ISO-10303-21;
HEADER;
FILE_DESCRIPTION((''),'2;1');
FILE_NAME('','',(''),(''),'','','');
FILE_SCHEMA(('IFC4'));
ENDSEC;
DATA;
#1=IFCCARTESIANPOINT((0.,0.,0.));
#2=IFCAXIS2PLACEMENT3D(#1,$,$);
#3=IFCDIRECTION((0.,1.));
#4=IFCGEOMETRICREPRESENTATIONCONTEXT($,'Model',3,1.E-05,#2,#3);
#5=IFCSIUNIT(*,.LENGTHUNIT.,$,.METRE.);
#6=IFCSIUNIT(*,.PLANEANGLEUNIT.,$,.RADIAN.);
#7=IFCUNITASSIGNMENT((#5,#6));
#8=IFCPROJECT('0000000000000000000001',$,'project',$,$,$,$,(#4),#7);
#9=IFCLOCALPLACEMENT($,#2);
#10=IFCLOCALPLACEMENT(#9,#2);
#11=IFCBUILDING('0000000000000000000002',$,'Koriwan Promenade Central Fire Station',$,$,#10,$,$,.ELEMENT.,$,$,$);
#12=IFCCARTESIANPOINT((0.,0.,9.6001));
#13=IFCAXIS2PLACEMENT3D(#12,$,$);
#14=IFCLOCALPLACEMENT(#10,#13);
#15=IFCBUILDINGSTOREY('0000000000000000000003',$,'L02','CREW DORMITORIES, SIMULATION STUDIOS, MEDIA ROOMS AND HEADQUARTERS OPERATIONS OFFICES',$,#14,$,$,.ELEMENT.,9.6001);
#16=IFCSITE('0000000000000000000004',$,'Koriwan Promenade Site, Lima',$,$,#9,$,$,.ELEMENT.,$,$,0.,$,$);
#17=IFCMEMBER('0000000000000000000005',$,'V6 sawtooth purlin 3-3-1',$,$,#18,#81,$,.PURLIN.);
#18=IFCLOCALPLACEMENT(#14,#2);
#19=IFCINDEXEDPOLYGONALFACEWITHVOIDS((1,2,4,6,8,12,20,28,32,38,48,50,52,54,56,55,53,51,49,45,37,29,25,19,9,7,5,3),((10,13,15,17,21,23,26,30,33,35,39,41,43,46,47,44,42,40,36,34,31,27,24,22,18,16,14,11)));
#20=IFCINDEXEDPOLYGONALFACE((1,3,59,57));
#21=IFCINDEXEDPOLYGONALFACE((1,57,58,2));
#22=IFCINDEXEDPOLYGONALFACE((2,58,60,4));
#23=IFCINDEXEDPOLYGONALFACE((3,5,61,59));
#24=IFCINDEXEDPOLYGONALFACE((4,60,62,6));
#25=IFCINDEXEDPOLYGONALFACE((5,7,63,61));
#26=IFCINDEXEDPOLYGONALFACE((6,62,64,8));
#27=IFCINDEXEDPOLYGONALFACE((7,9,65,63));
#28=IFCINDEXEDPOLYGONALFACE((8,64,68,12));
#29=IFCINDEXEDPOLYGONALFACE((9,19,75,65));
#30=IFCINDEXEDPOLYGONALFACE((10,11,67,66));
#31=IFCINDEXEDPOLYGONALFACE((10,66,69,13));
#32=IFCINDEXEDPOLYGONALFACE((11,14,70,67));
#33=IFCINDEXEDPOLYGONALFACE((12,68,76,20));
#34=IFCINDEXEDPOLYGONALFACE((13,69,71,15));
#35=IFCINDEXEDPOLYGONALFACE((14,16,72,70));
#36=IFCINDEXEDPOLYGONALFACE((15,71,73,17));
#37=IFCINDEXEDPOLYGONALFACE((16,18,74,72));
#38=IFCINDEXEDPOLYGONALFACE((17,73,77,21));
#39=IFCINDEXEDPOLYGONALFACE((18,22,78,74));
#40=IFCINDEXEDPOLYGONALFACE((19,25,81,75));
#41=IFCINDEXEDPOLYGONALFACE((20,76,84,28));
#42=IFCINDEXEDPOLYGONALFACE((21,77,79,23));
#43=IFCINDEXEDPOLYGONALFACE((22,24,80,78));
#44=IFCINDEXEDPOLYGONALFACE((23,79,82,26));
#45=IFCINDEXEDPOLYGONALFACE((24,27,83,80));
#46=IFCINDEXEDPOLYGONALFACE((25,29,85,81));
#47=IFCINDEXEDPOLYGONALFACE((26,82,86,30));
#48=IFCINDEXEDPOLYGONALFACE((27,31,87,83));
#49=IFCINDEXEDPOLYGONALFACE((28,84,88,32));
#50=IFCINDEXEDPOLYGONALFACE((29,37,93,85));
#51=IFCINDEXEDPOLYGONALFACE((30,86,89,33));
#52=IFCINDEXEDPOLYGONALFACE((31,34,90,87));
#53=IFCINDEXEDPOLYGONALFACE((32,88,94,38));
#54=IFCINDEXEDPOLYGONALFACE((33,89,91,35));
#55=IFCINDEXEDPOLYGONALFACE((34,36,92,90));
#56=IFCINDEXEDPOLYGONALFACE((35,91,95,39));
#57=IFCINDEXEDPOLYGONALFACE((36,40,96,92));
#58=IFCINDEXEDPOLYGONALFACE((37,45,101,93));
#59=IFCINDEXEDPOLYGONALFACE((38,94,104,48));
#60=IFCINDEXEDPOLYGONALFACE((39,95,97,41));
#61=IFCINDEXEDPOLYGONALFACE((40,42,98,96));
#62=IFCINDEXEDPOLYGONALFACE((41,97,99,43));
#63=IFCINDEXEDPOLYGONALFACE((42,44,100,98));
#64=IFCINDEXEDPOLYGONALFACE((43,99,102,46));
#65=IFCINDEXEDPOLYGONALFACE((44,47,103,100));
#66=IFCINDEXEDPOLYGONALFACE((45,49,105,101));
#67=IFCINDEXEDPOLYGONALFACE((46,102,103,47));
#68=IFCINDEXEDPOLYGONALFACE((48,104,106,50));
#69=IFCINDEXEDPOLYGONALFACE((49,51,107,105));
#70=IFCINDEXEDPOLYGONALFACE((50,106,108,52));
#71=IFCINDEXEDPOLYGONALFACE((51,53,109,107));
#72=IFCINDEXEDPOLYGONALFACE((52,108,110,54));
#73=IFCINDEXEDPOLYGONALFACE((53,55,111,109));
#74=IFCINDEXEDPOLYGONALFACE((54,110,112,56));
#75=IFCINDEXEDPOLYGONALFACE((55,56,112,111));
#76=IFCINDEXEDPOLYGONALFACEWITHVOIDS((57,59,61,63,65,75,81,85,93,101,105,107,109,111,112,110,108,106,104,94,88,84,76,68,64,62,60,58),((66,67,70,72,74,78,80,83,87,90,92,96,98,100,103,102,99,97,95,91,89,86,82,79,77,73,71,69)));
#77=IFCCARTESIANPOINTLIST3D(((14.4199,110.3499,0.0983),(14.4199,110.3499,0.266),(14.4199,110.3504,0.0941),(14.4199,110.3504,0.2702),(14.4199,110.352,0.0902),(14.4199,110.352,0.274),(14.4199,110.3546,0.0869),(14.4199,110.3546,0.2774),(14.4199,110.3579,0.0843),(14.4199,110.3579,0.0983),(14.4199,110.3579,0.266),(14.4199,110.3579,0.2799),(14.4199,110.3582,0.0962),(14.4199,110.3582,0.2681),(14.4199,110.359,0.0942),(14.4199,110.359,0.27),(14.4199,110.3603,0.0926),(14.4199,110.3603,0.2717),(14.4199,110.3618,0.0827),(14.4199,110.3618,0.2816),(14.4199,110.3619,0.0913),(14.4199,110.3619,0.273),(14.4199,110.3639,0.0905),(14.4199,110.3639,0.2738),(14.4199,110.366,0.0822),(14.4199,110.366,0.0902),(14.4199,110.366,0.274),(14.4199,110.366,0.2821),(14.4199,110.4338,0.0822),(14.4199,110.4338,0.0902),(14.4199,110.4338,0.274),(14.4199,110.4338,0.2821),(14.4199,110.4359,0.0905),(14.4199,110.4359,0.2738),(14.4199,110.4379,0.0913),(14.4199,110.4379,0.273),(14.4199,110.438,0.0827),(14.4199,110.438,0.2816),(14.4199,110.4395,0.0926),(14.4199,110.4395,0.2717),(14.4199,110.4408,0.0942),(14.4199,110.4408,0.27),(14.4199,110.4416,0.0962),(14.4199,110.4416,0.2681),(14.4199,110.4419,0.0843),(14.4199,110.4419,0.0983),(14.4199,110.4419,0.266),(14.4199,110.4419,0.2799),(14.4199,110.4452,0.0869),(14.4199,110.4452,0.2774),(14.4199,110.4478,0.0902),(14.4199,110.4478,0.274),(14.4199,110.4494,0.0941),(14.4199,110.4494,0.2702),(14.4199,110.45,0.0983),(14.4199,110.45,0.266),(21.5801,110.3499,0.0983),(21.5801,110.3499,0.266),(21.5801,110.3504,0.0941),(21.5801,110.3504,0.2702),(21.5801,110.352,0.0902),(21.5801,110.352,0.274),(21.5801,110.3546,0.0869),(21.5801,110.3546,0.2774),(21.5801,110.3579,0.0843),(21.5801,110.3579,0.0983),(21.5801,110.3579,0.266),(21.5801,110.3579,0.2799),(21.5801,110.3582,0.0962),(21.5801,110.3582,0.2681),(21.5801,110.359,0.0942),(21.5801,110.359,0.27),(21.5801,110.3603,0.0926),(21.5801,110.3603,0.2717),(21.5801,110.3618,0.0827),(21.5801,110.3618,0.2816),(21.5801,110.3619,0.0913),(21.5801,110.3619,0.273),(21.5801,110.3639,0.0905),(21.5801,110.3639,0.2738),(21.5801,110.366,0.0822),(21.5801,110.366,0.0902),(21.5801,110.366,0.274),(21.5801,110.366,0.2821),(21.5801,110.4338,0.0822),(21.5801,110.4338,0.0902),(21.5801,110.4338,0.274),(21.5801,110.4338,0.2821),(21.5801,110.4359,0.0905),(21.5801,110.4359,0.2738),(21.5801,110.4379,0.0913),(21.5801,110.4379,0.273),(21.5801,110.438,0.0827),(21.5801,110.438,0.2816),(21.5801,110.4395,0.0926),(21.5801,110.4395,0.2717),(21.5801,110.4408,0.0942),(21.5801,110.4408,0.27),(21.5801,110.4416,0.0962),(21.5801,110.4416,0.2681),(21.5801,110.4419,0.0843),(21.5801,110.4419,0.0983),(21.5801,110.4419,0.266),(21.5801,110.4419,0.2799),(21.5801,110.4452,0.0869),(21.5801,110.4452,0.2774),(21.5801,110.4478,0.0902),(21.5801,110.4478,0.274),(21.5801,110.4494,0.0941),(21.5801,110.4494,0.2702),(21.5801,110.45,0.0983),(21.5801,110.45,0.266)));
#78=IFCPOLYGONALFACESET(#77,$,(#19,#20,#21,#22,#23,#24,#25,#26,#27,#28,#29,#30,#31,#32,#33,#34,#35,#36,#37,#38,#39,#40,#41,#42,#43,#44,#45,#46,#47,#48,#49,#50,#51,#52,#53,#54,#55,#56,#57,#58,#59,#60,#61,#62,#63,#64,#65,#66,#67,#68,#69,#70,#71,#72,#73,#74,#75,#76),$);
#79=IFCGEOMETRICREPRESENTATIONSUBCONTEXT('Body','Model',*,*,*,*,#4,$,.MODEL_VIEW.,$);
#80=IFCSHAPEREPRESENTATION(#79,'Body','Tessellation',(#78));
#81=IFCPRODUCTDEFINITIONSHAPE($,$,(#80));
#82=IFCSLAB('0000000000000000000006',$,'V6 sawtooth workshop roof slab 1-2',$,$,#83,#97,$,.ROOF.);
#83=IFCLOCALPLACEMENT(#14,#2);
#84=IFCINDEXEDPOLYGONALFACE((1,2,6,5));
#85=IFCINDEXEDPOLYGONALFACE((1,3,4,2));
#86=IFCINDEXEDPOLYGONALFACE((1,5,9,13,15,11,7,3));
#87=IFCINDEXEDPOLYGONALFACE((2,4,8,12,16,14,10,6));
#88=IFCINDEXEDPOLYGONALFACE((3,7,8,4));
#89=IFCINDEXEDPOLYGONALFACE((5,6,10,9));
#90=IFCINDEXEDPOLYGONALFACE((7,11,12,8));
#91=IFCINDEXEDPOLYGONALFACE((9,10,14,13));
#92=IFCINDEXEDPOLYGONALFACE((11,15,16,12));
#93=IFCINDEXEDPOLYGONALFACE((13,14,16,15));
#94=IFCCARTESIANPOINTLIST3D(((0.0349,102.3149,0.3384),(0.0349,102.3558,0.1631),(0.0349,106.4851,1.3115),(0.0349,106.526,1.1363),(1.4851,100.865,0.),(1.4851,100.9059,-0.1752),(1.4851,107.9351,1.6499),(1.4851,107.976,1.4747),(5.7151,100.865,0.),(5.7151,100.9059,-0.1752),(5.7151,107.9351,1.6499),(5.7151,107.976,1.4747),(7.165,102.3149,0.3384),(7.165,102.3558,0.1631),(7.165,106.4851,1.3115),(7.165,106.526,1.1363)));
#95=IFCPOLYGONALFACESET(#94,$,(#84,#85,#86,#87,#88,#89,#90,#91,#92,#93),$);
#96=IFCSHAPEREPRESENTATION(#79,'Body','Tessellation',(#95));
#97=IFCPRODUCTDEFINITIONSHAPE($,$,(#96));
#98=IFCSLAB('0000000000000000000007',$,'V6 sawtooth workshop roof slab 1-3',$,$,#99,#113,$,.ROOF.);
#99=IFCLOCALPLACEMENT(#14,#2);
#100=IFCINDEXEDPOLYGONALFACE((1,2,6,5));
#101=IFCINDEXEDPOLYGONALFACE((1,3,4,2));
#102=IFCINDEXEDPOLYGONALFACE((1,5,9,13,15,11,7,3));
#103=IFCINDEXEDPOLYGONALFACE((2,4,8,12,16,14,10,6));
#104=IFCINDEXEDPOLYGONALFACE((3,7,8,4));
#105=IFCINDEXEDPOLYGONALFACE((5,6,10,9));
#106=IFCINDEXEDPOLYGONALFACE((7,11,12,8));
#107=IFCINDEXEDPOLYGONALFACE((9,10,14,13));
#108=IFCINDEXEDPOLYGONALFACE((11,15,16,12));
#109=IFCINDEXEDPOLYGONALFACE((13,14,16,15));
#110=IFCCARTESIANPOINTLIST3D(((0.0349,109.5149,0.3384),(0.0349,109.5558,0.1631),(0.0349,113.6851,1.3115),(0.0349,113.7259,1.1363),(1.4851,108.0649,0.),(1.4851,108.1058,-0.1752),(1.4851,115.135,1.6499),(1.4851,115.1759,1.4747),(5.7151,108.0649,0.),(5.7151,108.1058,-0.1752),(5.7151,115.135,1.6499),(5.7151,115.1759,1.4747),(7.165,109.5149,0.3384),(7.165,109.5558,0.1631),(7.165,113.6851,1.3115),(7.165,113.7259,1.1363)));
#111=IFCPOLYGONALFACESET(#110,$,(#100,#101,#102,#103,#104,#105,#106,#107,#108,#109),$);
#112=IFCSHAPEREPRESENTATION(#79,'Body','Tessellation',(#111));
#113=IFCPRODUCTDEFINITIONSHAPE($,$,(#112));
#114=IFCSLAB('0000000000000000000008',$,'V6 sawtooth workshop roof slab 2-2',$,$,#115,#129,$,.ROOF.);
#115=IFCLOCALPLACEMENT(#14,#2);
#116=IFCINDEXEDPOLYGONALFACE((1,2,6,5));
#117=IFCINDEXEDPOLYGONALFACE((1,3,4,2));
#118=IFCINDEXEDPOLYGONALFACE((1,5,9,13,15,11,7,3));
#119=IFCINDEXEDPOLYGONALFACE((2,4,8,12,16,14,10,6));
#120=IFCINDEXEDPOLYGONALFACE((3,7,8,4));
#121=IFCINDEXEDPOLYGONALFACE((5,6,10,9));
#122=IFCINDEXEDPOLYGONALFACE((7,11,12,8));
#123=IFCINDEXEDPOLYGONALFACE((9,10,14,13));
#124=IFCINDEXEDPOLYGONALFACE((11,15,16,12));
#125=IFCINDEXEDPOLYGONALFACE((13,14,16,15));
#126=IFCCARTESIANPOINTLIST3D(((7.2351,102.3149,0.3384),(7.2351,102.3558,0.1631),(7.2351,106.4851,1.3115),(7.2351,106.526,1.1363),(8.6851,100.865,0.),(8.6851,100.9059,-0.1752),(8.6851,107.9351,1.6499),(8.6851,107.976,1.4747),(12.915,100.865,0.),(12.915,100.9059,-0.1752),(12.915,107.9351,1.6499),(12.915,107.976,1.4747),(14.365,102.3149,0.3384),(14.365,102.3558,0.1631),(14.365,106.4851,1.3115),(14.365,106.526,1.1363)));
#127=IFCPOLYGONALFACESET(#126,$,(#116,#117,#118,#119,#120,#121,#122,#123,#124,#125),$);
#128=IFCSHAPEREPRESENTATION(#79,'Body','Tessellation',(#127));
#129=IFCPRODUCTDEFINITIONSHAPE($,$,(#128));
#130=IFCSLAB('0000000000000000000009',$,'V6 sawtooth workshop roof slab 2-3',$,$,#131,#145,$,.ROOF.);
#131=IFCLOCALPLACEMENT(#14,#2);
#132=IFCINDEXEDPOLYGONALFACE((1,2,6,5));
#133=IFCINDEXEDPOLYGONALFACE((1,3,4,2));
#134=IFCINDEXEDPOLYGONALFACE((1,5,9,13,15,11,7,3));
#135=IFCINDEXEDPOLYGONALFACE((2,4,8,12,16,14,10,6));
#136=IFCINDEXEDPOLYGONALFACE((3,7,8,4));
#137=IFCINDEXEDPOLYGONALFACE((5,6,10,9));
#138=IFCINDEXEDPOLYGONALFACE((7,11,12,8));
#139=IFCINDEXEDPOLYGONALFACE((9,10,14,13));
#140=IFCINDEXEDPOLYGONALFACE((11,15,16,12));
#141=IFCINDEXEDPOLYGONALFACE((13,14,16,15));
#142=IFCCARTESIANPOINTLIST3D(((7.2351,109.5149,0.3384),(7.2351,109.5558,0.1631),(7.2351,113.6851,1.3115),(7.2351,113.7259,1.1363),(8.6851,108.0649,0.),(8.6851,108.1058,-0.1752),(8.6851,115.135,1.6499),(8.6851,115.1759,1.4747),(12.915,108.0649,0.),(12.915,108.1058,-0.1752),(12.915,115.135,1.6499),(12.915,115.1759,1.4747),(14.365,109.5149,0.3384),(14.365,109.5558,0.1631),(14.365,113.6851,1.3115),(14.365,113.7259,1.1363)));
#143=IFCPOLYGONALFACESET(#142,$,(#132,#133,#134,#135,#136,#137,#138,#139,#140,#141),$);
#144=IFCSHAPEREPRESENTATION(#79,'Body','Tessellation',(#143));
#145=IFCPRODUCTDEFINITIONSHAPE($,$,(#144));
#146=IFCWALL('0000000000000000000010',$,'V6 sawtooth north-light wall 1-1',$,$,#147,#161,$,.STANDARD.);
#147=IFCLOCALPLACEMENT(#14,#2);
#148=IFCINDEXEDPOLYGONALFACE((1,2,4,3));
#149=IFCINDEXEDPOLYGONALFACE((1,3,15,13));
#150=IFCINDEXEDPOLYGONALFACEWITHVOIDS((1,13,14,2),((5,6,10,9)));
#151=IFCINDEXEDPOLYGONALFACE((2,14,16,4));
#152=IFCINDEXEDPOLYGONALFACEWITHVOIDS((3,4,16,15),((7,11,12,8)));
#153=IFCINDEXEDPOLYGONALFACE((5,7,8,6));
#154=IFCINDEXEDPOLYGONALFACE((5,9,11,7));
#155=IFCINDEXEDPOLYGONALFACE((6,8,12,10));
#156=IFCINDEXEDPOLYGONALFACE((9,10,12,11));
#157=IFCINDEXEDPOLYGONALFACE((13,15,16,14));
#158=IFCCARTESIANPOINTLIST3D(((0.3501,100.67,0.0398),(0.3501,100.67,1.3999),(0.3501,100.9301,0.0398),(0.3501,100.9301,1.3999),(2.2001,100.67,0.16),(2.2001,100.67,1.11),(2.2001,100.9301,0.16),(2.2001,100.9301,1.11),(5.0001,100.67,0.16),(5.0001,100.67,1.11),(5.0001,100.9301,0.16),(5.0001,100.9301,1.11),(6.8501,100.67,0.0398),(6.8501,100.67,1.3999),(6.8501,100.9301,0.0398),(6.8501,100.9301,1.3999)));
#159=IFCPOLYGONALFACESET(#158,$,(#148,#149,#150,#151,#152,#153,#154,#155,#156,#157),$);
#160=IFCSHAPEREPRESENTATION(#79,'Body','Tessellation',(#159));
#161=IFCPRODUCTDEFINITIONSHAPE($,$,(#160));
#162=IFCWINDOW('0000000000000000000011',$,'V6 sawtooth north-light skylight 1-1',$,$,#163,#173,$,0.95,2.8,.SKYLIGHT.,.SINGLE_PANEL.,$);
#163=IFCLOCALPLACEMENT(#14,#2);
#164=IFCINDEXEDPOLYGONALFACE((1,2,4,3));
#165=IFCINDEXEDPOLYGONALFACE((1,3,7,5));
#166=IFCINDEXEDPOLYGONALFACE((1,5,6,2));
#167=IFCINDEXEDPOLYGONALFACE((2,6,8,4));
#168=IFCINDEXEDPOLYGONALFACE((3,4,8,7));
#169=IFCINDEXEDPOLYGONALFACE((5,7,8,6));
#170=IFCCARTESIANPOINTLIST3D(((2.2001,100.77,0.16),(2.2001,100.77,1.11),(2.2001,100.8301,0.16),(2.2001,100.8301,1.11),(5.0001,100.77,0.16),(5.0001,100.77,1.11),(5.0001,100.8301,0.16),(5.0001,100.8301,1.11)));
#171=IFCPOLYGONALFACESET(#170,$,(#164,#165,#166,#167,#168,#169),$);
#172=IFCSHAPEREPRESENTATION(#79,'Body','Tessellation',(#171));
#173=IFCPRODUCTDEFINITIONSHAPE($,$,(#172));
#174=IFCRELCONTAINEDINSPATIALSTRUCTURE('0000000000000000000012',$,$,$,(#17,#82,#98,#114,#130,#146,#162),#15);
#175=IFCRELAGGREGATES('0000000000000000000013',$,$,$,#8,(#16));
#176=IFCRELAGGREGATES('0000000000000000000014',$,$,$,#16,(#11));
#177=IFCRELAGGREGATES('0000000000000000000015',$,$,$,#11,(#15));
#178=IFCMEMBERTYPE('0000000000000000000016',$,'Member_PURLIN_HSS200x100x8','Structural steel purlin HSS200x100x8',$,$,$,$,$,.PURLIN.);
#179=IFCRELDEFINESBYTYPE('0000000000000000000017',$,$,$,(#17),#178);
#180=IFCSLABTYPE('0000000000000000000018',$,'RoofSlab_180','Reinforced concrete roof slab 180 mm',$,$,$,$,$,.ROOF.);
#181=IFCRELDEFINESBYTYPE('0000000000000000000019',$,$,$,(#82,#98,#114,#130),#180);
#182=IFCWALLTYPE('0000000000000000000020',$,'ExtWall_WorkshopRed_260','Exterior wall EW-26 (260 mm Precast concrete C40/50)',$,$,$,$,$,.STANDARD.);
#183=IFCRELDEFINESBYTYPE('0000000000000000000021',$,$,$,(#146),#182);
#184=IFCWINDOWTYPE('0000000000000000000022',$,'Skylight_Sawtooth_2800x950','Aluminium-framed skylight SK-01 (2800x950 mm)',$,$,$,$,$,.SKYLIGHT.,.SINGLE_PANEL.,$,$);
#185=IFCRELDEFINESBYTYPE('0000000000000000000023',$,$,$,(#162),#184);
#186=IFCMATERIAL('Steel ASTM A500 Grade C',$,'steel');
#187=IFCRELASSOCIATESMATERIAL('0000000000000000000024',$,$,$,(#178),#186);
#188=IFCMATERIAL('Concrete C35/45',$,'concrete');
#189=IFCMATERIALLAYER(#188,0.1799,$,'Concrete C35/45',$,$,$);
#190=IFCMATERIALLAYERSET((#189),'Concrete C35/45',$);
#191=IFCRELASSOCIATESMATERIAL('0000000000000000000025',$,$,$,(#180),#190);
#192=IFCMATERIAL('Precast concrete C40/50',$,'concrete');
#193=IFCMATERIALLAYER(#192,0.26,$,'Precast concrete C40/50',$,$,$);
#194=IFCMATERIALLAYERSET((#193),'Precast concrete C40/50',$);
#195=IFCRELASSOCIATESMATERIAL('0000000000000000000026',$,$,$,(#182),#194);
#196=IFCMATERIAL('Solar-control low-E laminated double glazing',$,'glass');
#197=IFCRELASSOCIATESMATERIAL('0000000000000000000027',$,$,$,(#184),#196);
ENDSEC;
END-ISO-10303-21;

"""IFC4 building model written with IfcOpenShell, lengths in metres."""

from ifc_helpers import new_model, si_unit, direction, frame, frame_2d, origin, origin_2d, place, context, subcontext, project, spatial, polyline, rectangle, hollow_rectangle, outline, extrude, material, layer, layer_set, material_profile, profile_set, type_object, element, fill, save


model = new_model("IFC4")

# Units and contexts
model_context = context("Model", 3, precision=1e-05, world=origin(), true_north=direction((0.0, 1.0)))
body_context = subcontext(model_context, "Body", "Model", "MODEL_VIEW")
ifc_project = project(units=[si_unit("LENGTHUNIT", "METRE"), si_unit("PLANEANGLEUNIT", "RADIAN")], contexts=[model_context])

# Site, building, storey
site_placement = place(None, origin())
site = spatial("IfcSite", under=ifc_project, at=site_placement, Name="Koriwan Promenade Site, Lima", CompositionType="ELEMENT", RefElevation=0.0)
building_placement = place(site_placement, origin())
building = spatial("IfcBuilding", under=site, at=building_placement, Name="Koriwan Promenade Central Fire Station", CompositionType="ELEMENT")
storey_placement = place(building_placement, frame((0.0, 0.0, 9.6001)))
storey = spatial("IfcBuildingStorey", under=building, at=storey_placement, Name="L02", Description="CREW DORMITORIES, SIMULATION STUDIOS, MEDIA ROOMS AND HEADQUARTERS OPERATIONS OFFICES", CompositionType="ELEMENT", Elevation=9.6001)

# Member
ifc_material_1 = material(Name="Steel ASTM A500 Grade C", Category="steel")
ifc_material_profile_1 = material_profile(ifc_material_1, hollow_rectangle(XDim=0.1001, YDim=0.2, WallThickness=0.0081, InnerFilletRadius=0.0081, OuterFilletRadius=0.0161, at=origin_2d()), Name="HSS200x100x8")
ifc_profile_set_1 = profile_set([ifc_material_profile_1], Name="Steel ASTM A500 Grade C")
member_type_1 = type_object("IfcMemberType", Name="Member_PURLIN_HSS200x100x8", Description="Structural steel purlin HSS200x100x8", PredefinedType="PURLIN", material=ifc_profile_set_1)
for number, where, z_axis, x_axis, name in (
    (1, (14.4199, 110.3999, 0.1821), (1.0, 0.0, 0.0), (0.0, 1.0, 0.0), "V6 sawtooth purlin 3-3-1"),
):
    element("IfcMember", number, at=place(storey_placement, frame(where, z_axis=z_axis, x_axis=x_axis)), inside=storey, type_object=member_type_1, Name=name, PredefinedType="PURLIN", context=body_context, shape_type="SweptSolid", body=[
        extrude(hollow_rectangle(XDim=0.1001, YDim=0.2, WallThickness=0.0081, InnerFilletRadius=0.0081, OuterFilletRadius=0.0161, at=origin_2d()), origin(), (0.0, 0.0, 1.0), 7.1602),
    ])

# Slabs
ifc_material_2 = material(Name="Concrete C35/45", Category="concrete")
ifc_layer_1 = layer(ifc_material_2, 0.1799, Name="Concrete C35/45")
ifc_layer_set_1 = layer_set([ifc_layer_1], Name="Concrete C35/45")
slab_type = type_object("IfcSlabType", Name="RoofSlab_180", Description="Reinforced concrete roof slab 180 mm", PredefinedType="ROOF", material=ifc_layer_set_1)
for number, where, z_axis, x_axis, name in (
    (2, (1.4851, 100.865, 0.0), (0.0, -0.227258, 0.973835), (1.0, 0.0, 0.0), "V6 sawtooth workshop roof slab 1-2"),
    (3, (1.4851, 108.0649, 0.0), (0.0, -0.227258, 0.973835), (1.0, 0.0, 0.0), "V6 sawtooth workshop roof slab 1-3"),
):
    element("IfcSlab", number, at=place(storey_placement, frame(where, z_axis=z_axis, x_axis=x_axis)), inside=storey, type_object=slab_type, Name=name, PredefinedType="ROOF", context=body_context, shape_type="SweptSolid", body=[
        extrude(outline(polyline([(0.0, 0.0), (4.23, 0.0), (5.6799, 1.4889), (5.6799, 5.7711), (4.23, 7.26), (0.0, 7.26), (-1.4502, 5.7711), (-1.4502, 1.4889), (0.0, 0.0)])), origin(), (0.0, 0.0, -1.0), 0.1799),
    ])
for number, where, z_axis, x_axis, name in (
    (4, (8.6851, 100.865, 0.0), (0.0, -0.227258, 0.973835), (1.0, 0.0, 0.0), "V6 sawtooth workshop roof slab 2-2"),
    (5, (8.6851, 108.0649, 0.0), (0.0, -0.227258, 0.973835), (1.0, 0.0, 0.0), "V6 sawtooth workshop roof slab 2-3"),
):
    element("IfcSlab", number, at=place(storey_placement, frame(where, z_axis=z_axis, x_axis=x_axis)), inside=storey, type_object=slab_type, Name=name, PredefinedType="ROOF", context=body_context, shape_type="SweptSolid", body=[
        extrude(outline(polyline([(0.0, 0.0), (4.23, 0.0), (5.6799, 1.4889), (5.6799, 5.7711), (4.23, 7.26), (0.0, 7.26), (-1.45, 5.7711), (-1.45, 1.4889), (0.0, 0.0)])), origin(), (0.0, 0.0, -1.0), 0.1799),
    ])

# Wall, opening, window
ifc_material_3 = material(Name="Precast concrete C40/50", Category="concrete")
ifc_layer_2 = layer(ifc_material_3, 0.26, Name="Precast concrete C40/50")
ifc_layer_set_2 = layer_set([ifc_layer_2], Name="Precast concrete C40/50")
wall_type = type_object("IfcWallType", Name="ExtWall_WorkshopRed_260", Description="Exterior wall EW-26 (260 mm Precast concrete C40/50)", PredefinedType="STANDARD", material=ifc_layer_set_2)
wall_1_placement = place(storey_placement, frame((0.3501, 100.8, 0.0398), z_axis=(0.0, 0.0, 1.0), x_axis=(1.0, 0.0, 0.0)))
wall_1 = element("IfcWall", 6, at=wall_1_placement, inside=storey, type_object=wall_type, Name="V6 sawtooth north-light wall 1-1", PredefinedType="STANDARD", context=body_context, shape_type="SweptSolid", body=[
    extrude(rectangle(XDim=6.5, YDim=0.26, at=frame_2d((3.25, 0.0))), origin(), (0.0, 0.0, 1.0), 1.3601),
])
opening_1_placement = place(wall_1_placement, frame((1.8501, 0.0, 0.1201)))
opening_1 = element("IfcOpeningElement", 7, at=opening_1_placement, cuts=wall_1, PredefinedType="OPENING", context=body_context, shape_type="SweptSolid", body=[
    extrude(rectangle(XDim=2.8, YDim=0.95, at=frame_2d((1.3999, 0.4751))), frame((0.0, 0.1421, 0.0), z_axis=(0.0, -1.0, 0.0), x_axis=(1.0, 0.0, 0.0)), (0.0, 0.0, 1.0), 0.2839),
])
ifc_material_4 = material(Name="Solar-control low-E laminated double glazing", Category="glass")
window_type_1 = type_object("IfcWindowType", Name="Skylight_Sawtooth_2800x950", Description="Aluminium-framed skylight SK-01 (2800x950 mm)", PartitioningType="SINGLE_PANEL", PredefinedType="SKYLIGHT", material=ifc_material_4)
window_1_placement = place(opening_1_placement, origin())
window_1 = element("IfcWindow", 8, at=window_1_placement, inside=storey, type_object=window_type_1, Name="V6 sawtooth north-light skylight 1-1", OverallHeight=0.95, OverallWidth=2.8, PartitioningType="SINGLE_PANEL", PredefinedType="SKYLIGHT", context=body_context, shape_type="SweptSolid", body=[
    extrude(rectangle(XDim=2.8, YDim=0.95, at=frame_2d((1.3999, 0.4751))), frame((0.0, 0.03, 0.0), z_axis=(0.0, -1.0, 0.0), x_axis=(1.0, 0.0, 0.0)), (0.0, 0.0, 1.0), 0.0601),
])
fill(opening_1, window_1)

save(model, "model.ifc")
